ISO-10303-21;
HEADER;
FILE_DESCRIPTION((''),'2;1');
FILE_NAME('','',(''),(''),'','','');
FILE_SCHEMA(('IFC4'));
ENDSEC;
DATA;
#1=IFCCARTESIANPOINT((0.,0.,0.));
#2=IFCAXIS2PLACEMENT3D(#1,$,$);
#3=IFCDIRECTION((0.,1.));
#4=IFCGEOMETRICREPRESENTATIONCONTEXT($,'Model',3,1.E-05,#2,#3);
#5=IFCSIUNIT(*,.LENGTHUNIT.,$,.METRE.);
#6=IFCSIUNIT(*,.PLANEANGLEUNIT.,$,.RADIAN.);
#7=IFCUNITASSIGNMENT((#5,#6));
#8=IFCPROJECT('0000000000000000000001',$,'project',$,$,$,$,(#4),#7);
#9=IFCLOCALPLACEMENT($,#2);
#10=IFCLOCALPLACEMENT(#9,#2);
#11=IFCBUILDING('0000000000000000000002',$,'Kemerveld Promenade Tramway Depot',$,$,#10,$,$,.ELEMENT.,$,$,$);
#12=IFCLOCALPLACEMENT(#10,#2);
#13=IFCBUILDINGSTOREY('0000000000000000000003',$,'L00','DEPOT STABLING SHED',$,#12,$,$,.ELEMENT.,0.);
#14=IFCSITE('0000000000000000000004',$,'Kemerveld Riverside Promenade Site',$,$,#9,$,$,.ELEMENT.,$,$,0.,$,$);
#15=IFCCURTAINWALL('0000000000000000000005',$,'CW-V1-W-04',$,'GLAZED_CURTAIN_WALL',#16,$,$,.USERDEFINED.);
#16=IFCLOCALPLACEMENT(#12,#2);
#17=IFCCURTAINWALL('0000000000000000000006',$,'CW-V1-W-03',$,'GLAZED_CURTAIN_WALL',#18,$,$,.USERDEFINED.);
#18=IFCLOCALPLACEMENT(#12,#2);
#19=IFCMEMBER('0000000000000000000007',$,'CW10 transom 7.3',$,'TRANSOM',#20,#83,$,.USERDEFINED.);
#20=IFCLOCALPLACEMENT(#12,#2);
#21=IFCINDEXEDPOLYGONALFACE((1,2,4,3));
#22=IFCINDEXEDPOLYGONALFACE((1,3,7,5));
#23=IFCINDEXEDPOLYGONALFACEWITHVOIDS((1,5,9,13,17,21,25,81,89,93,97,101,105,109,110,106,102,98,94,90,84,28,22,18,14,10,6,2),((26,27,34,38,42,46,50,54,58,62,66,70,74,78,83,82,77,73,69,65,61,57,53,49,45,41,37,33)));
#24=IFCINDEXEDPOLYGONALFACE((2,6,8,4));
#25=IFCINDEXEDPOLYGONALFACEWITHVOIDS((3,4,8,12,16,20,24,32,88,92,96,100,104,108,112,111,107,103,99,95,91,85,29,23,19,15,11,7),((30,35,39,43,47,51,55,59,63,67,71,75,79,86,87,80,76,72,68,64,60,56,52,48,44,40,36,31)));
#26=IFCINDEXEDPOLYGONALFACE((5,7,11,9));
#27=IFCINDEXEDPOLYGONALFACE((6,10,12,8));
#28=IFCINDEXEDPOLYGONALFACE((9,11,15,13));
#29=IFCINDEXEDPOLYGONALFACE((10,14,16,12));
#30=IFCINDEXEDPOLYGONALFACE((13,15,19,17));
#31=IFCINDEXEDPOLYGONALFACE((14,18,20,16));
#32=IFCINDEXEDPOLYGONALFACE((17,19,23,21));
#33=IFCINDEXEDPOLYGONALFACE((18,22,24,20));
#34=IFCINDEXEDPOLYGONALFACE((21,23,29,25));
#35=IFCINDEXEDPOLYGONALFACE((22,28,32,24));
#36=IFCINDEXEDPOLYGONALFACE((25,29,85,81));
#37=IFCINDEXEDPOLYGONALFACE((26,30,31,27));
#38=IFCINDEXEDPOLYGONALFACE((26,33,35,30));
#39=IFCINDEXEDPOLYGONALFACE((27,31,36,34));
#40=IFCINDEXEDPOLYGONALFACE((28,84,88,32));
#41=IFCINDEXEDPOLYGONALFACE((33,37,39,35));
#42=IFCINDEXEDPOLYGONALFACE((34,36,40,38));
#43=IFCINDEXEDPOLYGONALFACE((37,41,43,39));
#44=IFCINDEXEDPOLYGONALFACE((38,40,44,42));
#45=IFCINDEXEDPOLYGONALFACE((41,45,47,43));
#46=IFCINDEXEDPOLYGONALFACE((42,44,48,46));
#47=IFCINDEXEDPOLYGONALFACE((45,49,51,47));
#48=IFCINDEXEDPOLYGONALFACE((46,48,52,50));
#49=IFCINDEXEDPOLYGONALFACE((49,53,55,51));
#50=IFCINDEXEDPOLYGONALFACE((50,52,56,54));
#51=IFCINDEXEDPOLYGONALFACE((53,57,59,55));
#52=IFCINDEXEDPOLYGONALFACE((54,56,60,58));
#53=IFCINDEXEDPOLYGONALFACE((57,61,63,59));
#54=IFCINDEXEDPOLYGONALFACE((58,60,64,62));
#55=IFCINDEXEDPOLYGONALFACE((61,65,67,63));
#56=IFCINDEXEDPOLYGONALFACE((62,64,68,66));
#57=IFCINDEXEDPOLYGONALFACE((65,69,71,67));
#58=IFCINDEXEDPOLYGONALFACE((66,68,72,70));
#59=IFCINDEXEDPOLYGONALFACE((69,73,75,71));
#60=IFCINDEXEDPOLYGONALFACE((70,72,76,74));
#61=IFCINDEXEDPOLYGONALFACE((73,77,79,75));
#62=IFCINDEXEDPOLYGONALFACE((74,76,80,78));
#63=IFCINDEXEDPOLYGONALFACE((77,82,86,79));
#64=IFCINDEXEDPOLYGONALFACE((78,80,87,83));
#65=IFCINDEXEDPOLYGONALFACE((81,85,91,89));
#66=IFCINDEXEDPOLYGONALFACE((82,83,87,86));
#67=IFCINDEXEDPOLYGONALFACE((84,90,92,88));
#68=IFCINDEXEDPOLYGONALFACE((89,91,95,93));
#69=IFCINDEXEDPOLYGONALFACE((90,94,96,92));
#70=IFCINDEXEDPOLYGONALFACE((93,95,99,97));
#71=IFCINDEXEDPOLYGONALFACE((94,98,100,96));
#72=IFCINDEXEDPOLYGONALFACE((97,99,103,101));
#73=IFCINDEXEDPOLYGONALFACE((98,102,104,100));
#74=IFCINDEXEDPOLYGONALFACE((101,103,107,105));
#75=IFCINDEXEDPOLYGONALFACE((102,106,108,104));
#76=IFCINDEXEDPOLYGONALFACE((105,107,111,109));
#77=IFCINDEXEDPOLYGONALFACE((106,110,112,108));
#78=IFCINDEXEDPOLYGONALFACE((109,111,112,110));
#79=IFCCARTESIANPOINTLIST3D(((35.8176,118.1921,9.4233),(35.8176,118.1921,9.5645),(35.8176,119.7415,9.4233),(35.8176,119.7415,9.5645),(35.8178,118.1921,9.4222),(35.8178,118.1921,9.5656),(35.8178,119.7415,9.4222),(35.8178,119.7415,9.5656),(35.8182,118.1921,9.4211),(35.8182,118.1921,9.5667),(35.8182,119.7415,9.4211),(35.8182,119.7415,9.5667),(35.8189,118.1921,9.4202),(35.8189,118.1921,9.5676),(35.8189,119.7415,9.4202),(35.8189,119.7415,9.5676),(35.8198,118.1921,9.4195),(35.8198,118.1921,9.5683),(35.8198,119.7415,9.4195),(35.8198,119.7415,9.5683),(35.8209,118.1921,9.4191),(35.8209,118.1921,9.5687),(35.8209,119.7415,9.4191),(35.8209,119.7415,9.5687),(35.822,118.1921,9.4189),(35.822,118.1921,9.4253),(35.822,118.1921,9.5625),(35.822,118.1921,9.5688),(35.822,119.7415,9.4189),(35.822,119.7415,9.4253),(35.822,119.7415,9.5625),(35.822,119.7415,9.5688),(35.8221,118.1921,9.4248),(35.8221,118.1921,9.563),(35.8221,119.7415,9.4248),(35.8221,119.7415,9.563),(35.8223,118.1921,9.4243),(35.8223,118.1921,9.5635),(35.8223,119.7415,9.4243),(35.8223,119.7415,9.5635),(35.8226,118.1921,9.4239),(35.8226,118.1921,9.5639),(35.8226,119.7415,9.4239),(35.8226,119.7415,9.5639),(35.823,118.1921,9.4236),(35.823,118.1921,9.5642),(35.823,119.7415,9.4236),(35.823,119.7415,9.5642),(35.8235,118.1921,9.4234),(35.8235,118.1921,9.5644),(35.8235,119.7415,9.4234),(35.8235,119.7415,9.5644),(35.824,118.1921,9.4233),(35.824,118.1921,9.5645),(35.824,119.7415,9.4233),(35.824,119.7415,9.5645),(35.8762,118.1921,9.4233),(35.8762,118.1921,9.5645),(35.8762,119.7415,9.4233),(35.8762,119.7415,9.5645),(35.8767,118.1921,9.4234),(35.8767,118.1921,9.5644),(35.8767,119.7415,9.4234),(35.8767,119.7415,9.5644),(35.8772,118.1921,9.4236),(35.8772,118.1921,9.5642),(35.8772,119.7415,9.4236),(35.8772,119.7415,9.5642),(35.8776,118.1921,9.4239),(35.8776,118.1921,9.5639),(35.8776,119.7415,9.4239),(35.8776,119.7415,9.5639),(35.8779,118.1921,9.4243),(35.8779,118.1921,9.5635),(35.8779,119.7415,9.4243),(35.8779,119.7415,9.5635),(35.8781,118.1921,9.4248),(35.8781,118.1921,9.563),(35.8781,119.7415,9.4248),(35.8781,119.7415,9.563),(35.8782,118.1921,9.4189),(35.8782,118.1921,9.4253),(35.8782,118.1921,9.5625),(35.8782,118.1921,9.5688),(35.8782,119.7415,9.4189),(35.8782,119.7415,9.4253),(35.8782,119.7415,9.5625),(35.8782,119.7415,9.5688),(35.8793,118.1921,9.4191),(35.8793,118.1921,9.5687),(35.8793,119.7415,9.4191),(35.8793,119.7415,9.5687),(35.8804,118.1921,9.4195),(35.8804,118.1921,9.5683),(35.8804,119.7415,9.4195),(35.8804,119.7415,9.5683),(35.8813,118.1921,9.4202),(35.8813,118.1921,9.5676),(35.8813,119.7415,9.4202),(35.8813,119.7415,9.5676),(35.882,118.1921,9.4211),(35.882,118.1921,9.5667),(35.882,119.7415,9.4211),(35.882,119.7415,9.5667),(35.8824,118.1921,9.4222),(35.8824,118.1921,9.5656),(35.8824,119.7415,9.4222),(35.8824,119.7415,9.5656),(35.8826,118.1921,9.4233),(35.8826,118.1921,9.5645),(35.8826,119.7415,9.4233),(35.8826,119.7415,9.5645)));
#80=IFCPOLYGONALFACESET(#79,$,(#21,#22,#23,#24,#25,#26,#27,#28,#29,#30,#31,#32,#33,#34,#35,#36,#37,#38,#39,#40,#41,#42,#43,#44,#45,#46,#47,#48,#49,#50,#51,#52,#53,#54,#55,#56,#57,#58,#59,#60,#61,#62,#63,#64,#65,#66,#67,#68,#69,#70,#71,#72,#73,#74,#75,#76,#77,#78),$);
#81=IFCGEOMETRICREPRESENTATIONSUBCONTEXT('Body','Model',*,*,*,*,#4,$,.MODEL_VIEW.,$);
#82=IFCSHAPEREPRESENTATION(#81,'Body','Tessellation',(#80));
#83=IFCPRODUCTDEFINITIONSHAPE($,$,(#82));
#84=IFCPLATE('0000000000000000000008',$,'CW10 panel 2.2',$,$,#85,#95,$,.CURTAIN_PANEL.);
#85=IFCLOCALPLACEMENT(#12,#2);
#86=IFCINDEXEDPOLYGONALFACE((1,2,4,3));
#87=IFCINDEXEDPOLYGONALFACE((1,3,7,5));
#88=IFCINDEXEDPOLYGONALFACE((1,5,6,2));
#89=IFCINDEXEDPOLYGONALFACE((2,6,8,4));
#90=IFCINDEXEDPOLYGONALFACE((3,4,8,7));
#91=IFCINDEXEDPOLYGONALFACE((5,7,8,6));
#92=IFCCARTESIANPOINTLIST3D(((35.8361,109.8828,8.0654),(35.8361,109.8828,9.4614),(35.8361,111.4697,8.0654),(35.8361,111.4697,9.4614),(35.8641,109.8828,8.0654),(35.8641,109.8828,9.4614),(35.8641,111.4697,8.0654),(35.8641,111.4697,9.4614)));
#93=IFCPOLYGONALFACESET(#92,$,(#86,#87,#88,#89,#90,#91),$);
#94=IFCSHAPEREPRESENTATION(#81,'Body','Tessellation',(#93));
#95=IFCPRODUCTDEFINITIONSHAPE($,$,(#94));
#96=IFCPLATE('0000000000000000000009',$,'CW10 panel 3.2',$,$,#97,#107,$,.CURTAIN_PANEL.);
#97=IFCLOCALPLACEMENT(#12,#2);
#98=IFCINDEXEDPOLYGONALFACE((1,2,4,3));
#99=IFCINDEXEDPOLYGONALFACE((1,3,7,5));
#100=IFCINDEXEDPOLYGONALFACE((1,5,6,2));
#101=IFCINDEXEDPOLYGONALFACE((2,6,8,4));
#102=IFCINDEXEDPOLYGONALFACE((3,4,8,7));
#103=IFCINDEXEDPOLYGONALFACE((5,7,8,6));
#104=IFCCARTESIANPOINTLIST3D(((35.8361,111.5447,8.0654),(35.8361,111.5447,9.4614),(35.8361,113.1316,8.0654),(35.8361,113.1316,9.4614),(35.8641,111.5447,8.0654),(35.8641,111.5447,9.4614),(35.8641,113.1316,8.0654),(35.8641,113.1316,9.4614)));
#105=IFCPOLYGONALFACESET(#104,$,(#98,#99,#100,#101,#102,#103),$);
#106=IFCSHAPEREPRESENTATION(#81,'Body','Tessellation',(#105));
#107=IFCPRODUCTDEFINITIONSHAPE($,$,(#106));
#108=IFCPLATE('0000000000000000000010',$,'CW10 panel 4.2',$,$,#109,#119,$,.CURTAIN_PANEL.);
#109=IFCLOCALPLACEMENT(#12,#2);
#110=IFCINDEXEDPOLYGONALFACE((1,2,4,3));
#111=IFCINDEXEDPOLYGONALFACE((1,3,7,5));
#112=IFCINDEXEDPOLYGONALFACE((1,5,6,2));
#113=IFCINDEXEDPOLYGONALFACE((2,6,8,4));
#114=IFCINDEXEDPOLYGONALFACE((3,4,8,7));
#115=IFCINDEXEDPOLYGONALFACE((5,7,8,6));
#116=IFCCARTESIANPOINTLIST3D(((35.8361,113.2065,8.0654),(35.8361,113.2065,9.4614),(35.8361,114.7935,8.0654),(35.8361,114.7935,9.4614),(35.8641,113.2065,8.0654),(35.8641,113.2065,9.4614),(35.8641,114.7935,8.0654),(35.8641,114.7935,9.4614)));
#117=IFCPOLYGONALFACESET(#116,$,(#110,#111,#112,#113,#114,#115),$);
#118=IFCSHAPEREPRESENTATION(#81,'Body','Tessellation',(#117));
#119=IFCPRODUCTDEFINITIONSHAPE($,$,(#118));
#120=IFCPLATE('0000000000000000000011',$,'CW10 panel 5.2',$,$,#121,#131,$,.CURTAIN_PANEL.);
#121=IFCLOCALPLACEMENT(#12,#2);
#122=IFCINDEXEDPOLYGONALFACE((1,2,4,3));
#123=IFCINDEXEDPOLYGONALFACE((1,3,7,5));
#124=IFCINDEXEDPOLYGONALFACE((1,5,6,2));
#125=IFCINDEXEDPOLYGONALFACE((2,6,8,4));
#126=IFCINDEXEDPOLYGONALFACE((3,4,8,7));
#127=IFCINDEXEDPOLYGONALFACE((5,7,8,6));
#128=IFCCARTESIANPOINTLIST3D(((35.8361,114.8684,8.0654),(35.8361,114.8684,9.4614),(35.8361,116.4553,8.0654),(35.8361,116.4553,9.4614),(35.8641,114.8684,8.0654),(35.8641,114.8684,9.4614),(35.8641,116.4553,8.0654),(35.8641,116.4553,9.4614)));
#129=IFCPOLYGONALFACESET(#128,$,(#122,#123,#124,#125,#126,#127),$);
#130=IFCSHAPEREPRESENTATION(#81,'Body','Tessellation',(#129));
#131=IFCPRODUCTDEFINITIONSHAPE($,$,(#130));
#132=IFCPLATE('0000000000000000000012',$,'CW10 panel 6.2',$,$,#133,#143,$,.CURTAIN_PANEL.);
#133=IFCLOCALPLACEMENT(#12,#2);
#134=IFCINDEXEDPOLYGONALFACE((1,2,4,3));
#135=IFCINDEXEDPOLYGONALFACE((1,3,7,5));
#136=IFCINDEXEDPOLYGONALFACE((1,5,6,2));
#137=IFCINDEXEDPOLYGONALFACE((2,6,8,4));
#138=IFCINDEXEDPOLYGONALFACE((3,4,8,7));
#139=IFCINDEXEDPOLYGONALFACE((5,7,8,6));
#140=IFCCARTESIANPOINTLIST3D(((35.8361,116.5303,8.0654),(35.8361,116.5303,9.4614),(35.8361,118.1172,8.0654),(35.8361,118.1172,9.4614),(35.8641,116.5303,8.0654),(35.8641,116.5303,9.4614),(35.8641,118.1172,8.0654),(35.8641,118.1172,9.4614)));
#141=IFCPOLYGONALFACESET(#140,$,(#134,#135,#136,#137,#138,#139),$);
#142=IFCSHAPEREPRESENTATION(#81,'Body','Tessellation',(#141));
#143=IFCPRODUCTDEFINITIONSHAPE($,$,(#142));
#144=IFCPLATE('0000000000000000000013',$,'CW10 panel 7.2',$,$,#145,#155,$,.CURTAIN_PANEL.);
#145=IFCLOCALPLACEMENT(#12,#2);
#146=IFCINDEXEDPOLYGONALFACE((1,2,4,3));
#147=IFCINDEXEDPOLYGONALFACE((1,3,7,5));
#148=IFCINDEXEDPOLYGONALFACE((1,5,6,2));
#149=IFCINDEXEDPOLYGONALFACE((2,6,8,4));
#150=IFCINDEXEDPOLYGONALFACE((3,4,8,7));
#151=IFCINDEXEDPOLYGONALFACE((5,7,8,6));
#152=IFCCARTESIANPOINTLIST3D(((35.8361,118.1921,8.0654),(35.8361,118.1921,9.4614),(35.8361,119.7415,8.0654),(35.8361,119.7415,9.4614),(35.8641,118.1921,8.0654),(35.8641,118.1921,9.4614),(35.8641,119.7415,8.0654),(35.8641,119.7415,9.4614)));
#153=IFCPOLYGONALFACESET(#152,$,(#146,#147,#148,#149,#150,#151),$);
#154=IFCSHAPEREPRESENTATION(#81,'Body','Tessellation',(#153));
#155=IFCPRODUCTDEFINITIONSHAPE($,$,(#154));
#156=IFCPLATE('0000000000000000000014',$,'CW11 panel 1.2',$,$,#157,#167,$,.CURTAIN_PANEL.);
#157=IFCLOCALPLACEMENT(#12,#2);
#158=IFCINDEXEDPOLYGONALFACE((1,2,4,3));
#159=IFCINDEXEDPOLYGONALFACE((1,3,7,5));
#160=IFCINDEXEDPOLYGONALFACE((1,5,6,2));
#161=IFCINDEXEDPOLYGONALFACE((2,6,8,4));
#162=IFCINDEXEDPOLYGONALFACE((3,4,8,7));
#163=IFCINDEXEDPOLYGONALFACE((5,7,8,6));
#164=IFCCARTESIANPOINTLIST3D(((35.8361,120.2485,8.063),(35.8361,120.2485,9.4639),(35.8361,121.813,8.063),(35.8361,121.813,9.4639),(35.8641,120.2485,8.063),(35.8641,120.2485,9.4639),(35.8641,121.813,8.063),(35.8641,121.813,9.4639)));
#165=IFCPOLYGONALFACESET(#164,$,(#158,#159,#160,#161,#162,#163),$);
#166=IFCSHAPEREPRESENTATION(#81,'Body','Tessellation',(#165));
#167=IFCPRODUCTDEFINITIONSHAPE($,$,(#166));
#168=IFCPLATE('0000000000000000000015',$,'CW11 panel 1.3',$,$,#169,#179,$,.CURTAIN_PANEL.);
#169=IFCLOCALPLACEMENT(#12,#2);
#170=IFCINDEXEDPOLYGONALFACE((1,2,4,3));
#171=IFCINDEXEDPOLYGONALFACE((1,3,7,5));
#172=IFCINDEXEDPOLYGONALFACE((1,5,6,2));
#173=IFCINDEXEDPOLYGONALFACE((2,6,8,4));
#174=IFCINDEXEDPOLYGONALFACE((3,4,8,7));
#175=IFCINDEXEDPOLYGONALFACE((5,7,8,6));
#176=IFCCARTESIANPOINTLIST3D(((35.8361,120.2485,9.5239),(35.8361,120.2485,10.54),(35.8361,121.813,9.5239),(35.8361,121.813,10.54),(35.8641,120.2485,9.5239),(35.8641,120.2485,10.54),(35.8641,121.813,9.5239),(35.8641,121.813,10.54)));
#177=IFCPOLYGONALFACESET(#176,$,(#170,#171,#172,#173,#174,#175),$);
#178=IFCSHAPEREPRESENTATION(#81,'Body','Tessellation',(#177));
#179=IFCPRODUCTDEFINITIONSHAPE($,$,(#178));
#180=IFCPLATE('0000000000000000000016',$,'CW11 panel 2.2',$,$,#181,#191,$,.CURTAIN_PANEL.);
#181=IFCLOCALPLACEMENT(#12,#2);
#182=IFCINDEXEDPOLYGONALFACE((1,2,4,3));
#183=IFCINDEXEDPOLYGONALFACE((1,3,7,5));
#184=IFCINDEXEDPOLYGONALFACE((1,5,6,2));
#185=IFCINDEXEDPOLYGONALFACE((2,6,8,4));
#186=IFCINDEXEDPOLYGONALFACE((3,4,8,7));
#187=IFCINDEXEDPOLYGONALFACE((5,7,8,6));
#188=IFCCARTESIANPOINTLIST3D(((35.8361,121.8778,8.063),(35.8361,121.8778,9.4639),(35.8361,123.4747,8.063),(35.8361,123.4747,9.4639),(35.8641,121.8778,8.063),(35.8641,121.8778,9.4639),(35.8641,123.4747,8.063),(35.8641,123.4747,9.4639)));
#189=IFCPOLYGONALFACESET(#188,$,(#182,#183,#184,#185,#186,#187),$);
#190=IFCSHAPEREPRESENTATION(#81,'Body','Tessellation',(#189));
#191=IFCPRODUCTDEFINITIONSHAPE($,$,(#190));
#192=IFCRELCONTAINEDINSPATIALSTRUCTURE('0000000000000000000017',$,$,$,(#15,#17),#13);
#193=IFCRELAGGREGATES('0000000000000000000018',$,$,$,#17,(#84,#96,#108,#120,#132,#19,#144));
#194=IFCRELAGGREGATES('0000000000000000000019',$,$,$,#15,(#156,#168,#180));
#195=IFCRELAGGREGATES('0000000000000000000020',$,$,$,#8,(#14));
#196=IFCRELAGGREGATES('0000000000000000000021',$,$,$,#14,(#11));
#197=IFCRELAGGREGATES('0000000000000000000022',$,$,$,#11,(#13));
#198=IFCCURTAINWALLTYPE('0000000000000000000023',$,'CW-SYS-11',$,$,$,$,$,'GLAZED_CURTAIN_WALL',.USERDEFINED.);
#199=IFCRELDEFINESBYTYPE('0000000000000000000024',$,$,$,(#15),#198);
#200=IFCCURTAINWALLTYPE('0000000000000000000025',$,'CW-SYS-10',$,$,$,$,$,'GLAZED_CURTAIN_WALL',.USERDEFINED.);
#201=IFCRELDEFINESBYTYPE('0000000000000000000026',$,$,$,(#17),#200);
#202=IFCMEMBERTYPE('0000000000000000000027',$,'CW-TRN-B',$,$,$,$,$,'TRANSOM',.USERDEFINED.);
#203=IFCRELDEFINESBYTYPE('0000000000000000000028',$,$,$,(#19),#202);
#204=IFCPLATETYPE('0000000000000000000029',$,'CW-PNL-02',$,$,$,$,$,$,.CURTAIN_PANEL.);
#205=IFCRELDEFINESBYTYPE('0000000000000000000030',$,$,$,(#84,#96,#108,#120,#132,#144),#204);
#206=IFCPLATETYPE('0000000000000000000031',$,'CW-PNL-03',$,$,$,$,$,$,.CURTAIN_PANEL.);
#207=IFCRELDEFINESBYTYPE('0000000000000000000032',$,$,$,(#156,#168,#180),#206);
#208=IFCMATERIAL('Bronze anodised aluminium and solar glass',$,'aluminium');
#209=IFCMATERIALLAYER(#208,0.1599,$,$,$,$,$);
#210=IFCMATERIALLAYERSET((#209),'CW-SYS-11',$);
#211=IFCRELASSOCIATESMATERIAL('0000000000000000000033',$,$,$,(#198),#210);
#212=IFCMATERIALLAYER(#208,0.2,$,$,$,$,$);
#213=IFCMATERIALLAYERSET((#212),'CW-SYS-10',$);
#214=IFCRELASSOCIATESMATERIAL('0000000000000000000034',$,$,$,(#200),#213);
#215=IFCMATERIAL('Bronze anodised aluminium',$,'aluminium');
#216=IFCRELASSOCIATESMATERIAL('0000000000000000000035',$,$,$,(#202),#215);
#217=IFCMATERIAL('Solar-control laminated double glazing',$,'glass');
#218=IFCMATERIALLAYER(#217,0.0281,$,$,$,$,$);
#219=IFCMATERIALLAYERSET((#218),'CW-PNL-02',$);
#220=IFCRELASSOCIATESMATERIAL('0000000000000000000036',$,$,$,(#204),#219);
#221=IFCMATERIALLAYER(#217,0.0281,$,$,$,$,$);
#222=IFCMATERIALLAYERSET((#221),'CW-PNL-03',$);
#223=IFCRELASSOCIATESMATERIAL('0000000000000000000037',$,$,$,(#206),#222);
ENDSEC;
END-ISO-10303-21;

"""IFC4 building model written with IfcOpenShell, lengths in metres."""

from ifc_helpers import new_model, si_unit, direction, frame, origin, origin_2d, place, context, subcontext, project, spatial, rectangle, hollow_rectangle, extrude, material, layer, layer_set, material_profile, profile_set, type_object, element, aggregate, save


model = new_model("IFC4")

# Units and contexts
model_context = context("Model", 3, precision=1e-05, world=origin(), true_north=direction((0.0, 1.0)))
body_context = subcontext(model_context, "Body", "Model", "MODEL_VIEW")
ifc_project = project(units=[si_unit("LENGTHUNIT", "METRE"), si_unit("PLANEANGLEUNIT", "RADIAN")], contexts=[model_context])

# Site, building, storey
site_placement = place(None, origin())
site = spatial("IfcSite", under=ifc_project, at=site_placement, Name="Kemerveld Riverside Promenade Site", CompositionType="ELEMENT", RefElevation=0.0)
building_placement = place(site_placement, origin())
building = spatial("IfcBuilding", under=site, at=building_placement, Name="Kemerveld Promenade Tramway Depot", CompositionType="ELEMENT")
storey_placement = place(building_placement, origin())
storey = spatial("IfcBuildingStorey", under=building, at=storey_placement, Name="L00", Description="DEPOT STABLING SHED", CompositionType="ELEMENT", Elevation=0.0)

# Curtain wall
ifc_material_1 = material(Name="Bronze anodised aluminium and solar glass", Category="aluminium")
ifc_layer_1 = layer(ifc_material_1, 0.1599)
ifc_layer_set_1 = layer_set([ifc_layer_1], Name="CW-SYS-11")
curtain_wall_type_1 = type_object("IfcCurtainWallType", Name="CW-SYS-11", ElementType="GLAZED_CURTAIN_WALL", PredefinedType="USERDEFINED", material=ifc_layer_set_1)
curtain_wall_1_placement = place(storey_placement, origin())
curtain_wall_1 = element("IfcCurtainWall", 1, at=curtain_wall_1_placement, inside=storey, type_object=curtain_wall_type_1, Name="CW-V1-W-04", ObjectType="GLAZED_CURTAIN_WALL", PredefinedType="USERDEFINED")
ifc_material_2 = material(Name="Bronze anodised aluminium", Category="aluminium")

# Curtain wall, member, plates
ifc_layer_2 = layer(ifc_material_1, 0.2)
ifc_layer_set_2 = layer_set([ifc_layer_2], Name="CW-SYS-10")
curtain_wall_type_2 = type_object("IfcCurtainWallType", Name="CW-SYS-10", ElementType="GLAZED_CURTAIN_WALL", PredefinedType="USERDEFINED", material=ifc_layer_set_2)
curtain_wall_2_placement = place(storey_placement, origin())
curtain_wall_2 = element("IfcCurtainWall", 2, at=curtain_wall_2_placement, inside=storey, type_object=curtain_wall_type_2, Name="CW-V1-W-03", ObjectType="GLAZED_CURTAIN_WALL", PredefinedType="USERDEFINED")
ifc_material_profile_1 = material_profile(ifc_material_2, hollow_rectangle(XDim=0.0649, YDim=0.1499, WallThickness=0.0044, InnerFilletRadius=0.002, OuterFilletRadius=0.0044, at=origin_2d()), Name="CW-TRN-150x65")
ifc_profile_set_1 = profile_set([ifc_material_profile_1], Name="Bronze anodised aluminium")
member_type_1 = type_object("IfcMemberType", Name="CW-TRN-B", ElementType="TRANSOM", PredefinedType="USERDEFINED", material=ifc_profile_set_1)
member_1_placement = place(storey_placement, frame((35.8501, 118.1921, 9.4939), z_axis=(0.0, 1.0, 0.0), x_axis=(-1.0, 0.0, 0.0)))
member_1 = element("IfcMember", 3, at=member_1_placement, type_object=member_type_1, Name="CW10 transom 7.3", ObjectType="TRANSOM", PredefinedType="USERDEFINED", context=body_context, shape_type="SweptSolid", body=[
    extrude(hollow_rectangle(XDim=0.0649, YDim=0.1499, WallThickness=0.0044, InnerFilletRadius=0.002, OuterFilletRadius=0.0044, at=origin_2d()), origin(), (0.0, 0.0, 1.0), 1.5493),
])
ifc_material_3 = material(Name="Solar-control laminated double glazing", Category="glass")
ifc_layer_3 = layer(ifc_material_3, 0.0281)
ifc_layer_set_3 = layer_set([ifc_layer_3], Name="CW-PNL-02")
plate_type_1 = type_object("IfcPlateType", Name="CW-PNL-02", PredefinedType="CURTAIN_PANEL", material=ifc_layer_set_3)
plate_1_placement = place(storey_placement, frame((35.8501, 110.6763, 8.0654), z_axis=(0.0, 0.0, 1.0), x_axis=(0.0, 1.0, 0.0)))
plate_1 = element("IfcPlate", 4, at=plate_1_placement, type_object=plate_type_1, Name="CW10 panel 2.2", PredefinedType="CURTAIN_PANEL", context=body_context, shape_type="SweptSolid", body=[
    extrude(rectangle(XDim=1.5869, YDim=0.0281, at=origin_2d()), origin(), (0.0, 0.0, 1.0), 1.396),
])
plate_2_placement = place(storey_placement, frame((35.8501, 112.3381, 8.0654), z_axis=(0.0, 0.0, 1.0), x_axis=(0.0, 1.0, 0.0)))
plate_2 = element("IfcPlate", 5, at=plate_2_placement, type_object=plate_type_1, Name="CW10 panel 3.2", PredefinedType="CURTAIN_PANEL", context=body_context, shape_type="SweptSolid", body=[
    extrude(rectangle(XDim=1.5869, YDim=0.0281, at=origin_2d()), origin(), (0.0, 0.0, 1.0), 1.396),
])
plate_3_placement = place(storey_placement, frame((35.8501, 114.0, 8.0654), z_axis=(0.0, 0.0, 1.0), x_axis=(0.0, 1.0, 0.0)))
plate_3 = element("IfcPlate", 6, at=plate_3_placement, type_object=plate_type_1, Name="CW10 panel 4.2", PredefinedType="CURTAIN_PANEL", context=body_context, shape_type="SweptSolid", body=[
    extrude(rectangle(XDim=1.5869, YDim=0.0281, at=origin_2d()), origin(), (0.0, 0.0, 1.0), 1.396),
])
plate_4_placement = place(storey_placement, frame((35.8501, 115.6619, 8.0654), z_axis=(0.0, 0.0, 1.0), x_axis=(0.0, 1.0, 0.0)))
plate_4 = element("IfcPlate", 7, at=plate_4_placement, type_object=plate_type_1, Name="CW10 panel 5.2", PredefinedType="CURTAIN_PANEL", context=body_context, shape_type="SweptSolid", body=[
    extrude(rectangle(XDim=1.5869, YDim=0.0281, at=origin_2d()), origin(), (0.0, 0.0, 1.0), 1.396),
])
plate_5_placement = place(storey_placement, frame((35.8501, 117.3237, 8.0654), z_axis=(0.0, 0.0, 1.0), x_axis=(0.0, 1.0, 0.0)))
plate_5 = element("IfcPlate", 8, at=plate_5_placement, type_object=plate_type_1, Name="CW10 panel 6.2", PredefinedType="CURTAIN_PANEL", context=body_context, shape_type="SweptSolid", body=[
    extrude(rectangle(XDim=1.5869, YDim=0.0281, at=origin_2d()), origin(), (0.0, 0.0, 1.0), 1.396),
])
plate_6_placement = place(storey_placement, frame((35.8501, 118.9668, 8.0654), z_axis=(0.0, 0.0, 1.0), x_axis=(0.0, 1.0, 0.0)))
plate_6 = element("IfcPlate", 9, at=plate_6_placement, type_object=plate_type_1, Name="CW10 panel 7.2", PredefinedType="CURTAIN_PANEL", context=body_context, shape_type="SweptSolid", body=[
    extrude(rectangle(XDim=1.5493, YDim=0.0281, at=origin_2d()), origin(), (0.0, 0.0, 1.0), 1.396),
])
aggregate(curtain_wall_2, [plate_1, plate_2, plate_3, plate_4, plate_5, member_1, plate_6])

# Plates
ifc_layer_4 = layer(ifc_material_3, 0.0281)
ifc_layer_set_4 = layer_set([ifc_layer_4], Name="CW-PNL-03")
plate_type_2 = type_object("IfcPlateType", Name="CW-PNL-03", PredefinedType="CURTAIN_PANEL", material=ifc_layer_set_4)
plate_7_placement = place(storey_placement, frame((35.8501, 121.0308, 8.063), z_axis=(0.0, 0.0, 1.0), x_axis=(0.0, 1.0, 0.0)))
plate_7 = element("IfcPlate", 10, at=plate_7_placement, type_object=plate_type_2, Name="CW11 panel 1.2", PredefinedType="CURTAIN_PANEL", context=body_context, shape_type="SweptSolid", body=[
    extrude(rectangle(XDim=1.5645, YDim=0.0281, at=origin_2d()), origin(), (0.0, 0.0, 1.0), 1.4009),
])
plate_8_placement = place(storey_placement, frame((35.8501, 121.0308, 9.5239), z_axis=(0.0, 0.0, 1.0), x_axis=(0.0, 1.0, 0.0)))
plate_8 = element("IfcPlate", 11, at=plate_8_placement, type_object=plate_type_2, Name="CW11 panel 1.3", PredefinedType="CURTAIN_PANEL", context=body_context, shape_type="SweptSolid", body=[
    extrude(rectangle(XDim=1.5645, YDim=0.0281, at=origin_2d()), origin(), (0.0, 0.0, 1.0), 1.0161),
])
plate_9_placement = place(storey_placement, frame((35.8501, 122.6763, 8.063), z_axis=(0.0, 0.0, 1.0), x_axis=(0.0, 1.0, 0.0)))
plate_9 = element("IfcPlate", 12, at=plate_9_placement, type_object=plate_type_2, Name="CW11 panel 2.2", PredefinedType="CURTAIN_PANEL", context=body_context, shape_type="SweptSolid", body=[
    extrude(rectangle(XDim=1.5969, YDim=0.0281, at=origin_2d()), origin(), (0.0, 0.0, 1.0), 1.4009),
])
aggregate(curtain_wall_1, [plate_7, plate_8, plate_9])

save(model, "model.ifc")
